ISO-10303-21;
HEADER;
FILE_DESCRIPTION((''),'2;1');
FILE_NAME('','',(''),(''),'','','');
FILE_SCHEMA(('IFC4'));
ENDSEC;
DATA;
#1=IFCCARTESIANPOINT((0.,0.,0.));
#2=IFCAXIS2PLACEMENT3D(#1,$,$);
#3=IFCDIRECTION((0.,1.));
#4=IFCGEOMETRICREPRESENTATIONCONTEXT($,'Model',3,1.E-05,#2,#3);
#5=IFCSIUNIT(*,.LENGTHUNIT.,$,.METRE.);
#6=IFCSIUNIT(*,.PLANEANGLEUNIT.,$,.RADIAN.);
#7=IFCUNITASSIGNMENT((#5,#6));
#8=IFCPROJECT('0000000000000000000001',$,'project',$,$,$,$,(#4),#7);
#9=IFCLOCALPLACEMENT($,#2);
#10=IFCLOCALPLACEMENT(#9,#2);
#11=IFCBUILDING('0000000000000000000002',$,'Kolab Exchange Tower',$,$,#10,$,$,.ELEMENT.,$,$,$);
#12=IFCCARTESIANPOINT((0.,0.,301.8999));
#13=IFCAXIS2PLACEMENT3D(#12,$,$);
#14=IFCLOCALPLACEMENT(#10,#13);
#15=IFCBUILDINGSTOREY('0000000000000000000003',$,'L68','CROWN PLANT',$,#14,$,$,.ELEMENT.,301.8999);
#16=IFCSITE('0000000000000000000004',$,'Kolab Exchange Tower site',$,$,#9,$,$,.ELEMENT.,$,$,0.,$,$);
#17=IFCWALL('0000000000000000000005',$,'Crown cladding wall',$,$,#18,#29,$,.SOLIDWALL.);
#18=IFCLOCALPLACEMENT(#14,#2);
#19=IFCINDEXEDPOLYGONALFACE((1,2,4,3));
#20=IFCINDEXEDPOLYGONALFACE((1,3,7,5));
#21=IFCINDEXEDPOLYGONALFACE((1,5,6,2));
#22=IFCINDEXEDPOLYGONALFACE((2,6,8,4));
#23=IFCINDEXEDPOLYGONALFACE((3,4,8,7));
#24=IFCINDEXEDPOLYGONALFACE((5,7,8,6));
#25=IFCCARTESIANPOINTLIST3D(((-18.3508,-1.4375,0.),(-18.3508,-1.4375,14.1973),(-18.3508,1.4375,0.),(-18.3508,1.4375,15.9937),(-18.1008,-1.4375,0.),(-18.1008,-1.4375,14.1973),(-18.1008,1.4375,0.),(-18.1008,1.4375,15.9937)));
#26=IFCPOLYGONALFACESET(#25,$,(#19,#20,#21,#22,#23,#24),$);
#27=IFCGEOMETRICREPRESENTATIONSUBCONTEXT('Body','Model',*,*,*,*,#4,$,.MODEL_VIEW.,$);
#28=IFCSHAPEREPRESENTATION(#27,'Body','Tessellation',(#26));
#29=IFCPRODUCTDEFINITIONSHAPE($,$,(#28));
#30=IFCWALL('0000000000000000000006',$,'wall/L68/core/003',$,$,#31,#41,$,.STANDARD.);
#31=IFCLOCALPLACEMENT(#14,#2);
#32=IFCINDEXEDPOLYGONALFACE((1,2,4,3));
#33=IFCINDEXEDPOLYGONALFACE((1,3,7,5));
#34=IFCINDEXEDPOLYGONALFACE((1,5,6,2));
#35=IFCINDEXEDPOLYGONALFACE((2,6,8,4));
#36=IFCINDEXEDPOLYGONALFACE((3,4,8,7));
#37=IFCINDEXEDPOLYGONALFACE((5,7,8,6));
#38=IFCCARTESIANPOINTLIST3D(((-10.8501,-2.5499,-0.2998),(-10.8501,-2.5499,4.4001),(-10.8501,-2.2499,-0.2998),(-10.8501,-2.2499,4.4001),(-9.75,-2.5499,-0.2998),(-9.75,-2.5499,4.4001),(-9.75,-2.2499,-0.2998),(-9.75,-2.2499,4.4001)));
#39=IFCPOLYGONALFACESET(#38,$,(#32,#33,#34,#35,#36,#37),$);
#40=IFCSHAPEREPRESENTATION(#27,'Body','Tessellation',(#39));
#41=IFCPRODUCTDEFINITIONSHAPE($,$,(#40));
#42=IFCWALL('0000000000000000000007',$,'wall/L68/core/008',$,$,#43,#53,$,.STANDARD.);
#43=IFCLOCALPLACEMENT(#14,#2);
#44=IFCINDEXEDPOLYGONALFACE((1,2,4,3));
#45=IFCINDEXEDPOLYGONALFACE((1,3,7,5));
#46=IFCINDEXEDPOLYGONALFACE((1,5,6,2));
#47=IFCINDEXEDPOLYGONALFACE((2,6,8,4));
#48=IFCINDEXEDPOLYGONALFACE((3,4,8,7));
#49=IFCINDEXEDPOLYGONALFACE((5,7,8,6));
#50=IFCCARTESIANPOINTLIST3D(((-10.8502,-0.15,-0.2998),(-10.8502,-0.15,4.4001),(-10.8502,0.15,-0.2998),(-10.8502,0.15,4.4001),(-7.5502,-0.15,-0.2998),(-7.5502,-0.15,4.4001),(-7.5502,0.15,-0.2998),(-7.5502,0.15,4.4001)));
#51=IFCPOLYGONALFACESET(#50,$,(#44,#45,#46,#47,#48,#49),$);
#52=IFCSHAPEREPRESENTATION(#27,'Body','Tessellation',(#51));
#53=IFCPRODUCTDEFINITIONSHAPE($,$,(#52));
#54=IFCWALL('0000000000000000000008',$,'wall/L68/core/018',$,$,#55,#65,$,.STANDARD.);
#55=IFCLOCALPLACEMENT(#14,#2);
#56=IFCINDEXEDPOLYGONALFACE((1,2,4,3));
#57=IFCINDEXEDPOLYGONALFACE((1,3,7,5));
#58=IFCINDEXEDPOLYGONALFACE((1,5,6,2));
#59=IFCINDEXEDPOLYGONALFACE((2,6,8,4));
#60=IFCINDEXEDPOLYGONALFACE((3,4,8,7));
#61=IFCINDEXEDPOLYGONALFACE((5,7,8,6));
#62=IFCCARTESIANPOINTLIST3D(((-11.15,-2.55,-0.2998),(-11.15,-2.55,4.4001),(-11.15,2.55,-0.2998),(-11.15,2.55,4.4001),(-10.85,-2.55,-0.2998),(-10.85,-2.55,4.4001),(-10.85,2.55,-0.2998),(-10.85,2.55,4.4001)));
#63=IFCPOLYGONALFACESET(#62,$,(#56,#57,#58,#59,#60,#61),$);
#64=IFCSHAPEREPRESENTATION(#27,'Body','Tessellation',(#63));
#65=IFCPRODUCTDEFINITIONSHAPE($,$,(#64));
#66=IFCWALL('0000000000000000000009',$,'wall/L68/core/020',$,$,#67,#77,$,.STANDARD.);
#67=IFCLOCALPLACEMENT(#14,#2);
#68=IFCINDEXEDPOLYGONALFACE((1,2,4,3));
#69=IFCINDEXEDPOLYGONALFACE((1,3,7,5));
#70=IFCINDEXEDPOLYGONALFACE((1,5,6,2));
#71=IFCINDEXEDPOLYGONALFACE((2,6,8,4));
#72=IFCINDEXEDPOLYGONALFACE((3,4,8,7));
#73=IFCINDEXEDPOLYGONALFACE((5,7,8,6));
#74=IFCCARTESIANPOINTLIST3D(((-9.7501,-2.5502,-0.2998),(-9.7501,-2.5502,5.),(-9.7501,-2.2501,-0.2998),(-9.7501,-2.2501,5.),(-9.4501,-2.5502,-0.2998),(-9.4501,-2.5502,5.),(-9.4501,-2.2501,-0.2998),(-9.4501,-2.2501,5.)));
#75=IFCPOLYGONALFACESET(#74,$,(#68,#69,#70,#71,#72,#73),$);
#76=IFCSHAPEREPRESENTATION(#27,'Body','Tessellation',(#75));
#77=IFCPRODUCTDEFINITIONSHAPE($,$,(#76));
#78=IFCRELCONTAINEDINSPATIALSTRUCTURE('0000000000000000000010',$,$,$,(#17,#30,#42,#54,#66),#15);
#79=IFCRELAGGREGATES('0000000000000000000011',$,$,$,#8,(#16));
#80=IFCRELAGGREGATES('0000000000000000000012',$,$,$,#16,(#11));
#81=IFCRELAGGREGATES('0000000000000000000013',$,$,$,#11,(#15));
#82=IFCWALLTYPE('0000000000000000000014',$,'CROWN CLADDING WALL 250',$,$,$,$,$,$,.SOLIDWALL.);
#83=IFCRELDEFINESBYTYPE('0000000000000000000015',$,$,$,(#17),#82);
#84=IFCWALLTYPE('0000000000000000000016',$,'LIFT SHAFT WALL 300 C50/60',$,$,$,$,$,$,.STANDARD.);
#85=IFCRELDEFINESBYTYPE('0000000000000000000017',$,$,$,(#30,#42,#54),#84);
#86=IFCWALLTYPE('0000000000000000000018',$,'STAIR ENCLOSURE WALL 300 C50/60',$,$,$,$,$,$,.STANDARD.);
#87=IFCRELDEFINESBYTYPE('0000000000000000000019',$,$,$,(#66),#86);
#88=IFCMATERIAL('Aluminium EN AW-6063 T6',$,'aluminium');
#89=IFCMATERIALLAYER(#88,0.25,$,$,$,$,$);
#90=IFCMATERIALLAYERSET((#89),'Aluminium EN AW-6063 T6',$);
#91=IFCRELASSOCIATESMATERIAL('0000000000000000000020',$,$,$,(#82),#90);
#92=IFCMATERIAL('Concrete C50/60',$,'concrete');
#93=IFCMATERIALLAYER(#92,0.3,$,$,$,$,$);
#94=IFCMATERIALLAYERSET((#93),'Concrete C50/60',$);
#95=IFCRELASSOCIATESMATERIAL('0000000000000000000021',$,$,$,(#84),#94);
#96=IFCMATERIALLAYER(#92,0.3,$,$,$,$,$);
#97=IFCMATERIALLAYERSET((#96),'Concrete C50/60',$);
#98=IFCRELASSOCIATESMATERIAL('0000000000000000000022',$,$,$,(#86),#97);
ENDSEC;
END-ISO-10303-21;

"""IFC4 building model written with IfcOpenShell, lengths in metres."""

from ifc_helpers import new_model, si_unit, direction, frame, frame_2d, origin, place, context, subcontext, project, spatial, polyline, rectangle, outline, extrude, material, layer, layer_set, type_object, element, save


model = new_model("IFC4")

# Units and contexts
model_context = context("Model", 3, precision=1e-05, world=origin(), true_north=direction((0.0, 1.0)))
body_context = subcontext(model_context, "Body", "Model", "MODEL_VIEW")
ifc_project = project(units=[si_unit("LENGTHUNIT", "METRE"), si_unit("PLANEANGLEUNIT", "RADIAN")], contexts=[model_context])

# Site, building, storey
site_placement = place(None, origin())
site = spatial("IfcSite", under=ifc_project, at=site_placement, Name="Kolab Exchange Tower site", CompositionType="ELEMENT", RefElevation=0.0)
building_placement = place(site_placement, origin())
building = spatial("IfcBuilding", under=site, at=building_placement, Name="Kolab Exchange Tower", CompositionType="ELEMENT")
storey_placement = place(building_placement, frame((0.0, 0.0, 301.8999)))
storey = spatial("IfcBuildingStorey", under=building, at=storey_placement, Name="L68", Description="CROWN PLANT", CompositionType="ELEMENT", Elevation=301.8999)

# Shared definitions
ifc_material_1 = material(Name="Concrete C50/60", Category="concrete")

# Walls
ifc_material_2 = material(Name="Aluminium EN AW-6063 T6", Category="aluminium")
ifc_layer_1 = layer(ifc_material_2, 0.25)
ifc_layer_set_1 = layer_set([ifc_layer_1], Name="Aluminium EN AW-6063 T6")
wall_type_1 = type_object("IfcWallType", Name="CROWN CLADDING WALL 250", PredefinedType="SOLIDWALL", material=ifc_layer_set_1)
wall_1_placement = place(storey_placement, frame((-18.2258, -1.4375, 0.0), z_axis=(0.0, 0.0, 1.0), x_axis=(0.0, 1.0, 0.0)))
element("IfcWall", 1, at=wall_1_placement, inside=storey, type_object=wall_type_1, Name="Crown cladding wall", PredefinedType="SOLIDWALL", context=body_context, shape_type="SweptSolid", body=[
    extrude(outline(polyline([(0.0, 0.0), (2.875, 0.0), (2.875, 15.9937), (0.0, 14.1973), (0.0, 0.0)])), frame((0.0, 0.125, 0.0), z_axis=(0.0, -1.0, 0.0), x_axis=(1.0, 0.0, 0.0)), (0.0, 0.0, 1.0), 0.25),
])
ifc_layer_2 = layer(ifc_material_1, 0.3)
ifc_layer_set_2 = layer_set([ifc_layer_2], Name="Concrete C50/60")
wall_type_2 = type_object("IfcWallType", Name="LIFT SHAFT WALL 300 C50/60", PredefinedType="STANDARD", material=ifc_layer_set_2)
wall_2_placement = place(storey_placement, frame((-10.8501, -2.3999, -0.2998), z_axis=(0.0, 0.0, 1.0), x_axis=(1.0, 0.0, 0.0)))
element("IfcWall", 2, at=wall_2_placement, inside=storey, type_object=wall_type_2, Name="wall/L68/core/003", PredefinedType="STANDARD", context=body_context, shape_type="SweptSolid", body=[
    extrude(rectangle(XDim=1.1001, YDim=0.3, at=frame_2d((0.55, 0.0))), origin(), (0.0, 0.0, 1.0), 4.7),
])
wall_3_placement = place(storey_placement, frame((-10.8501, 0.0, -0.2998), z_axis=(0.0, 0.0, 1.0), x_axis=(1.0, 0.0, 0.0)))
element("IfcWall", 3, at=wall_3_placement, inside=storey, type_object=wall_type_2, Name="wall/L68/core/008", PredefinedType="STANDARD", context=body_context, shape_type="SweptSolid", body=[
    extrude(rectangle(XDim=3.3, YDim=0.3, at=frame_2d((1.6499, 0.0))), origin(), (0.0, 0.0, 1.0), 4.7),
])
wall_4_placement = place(storey_placement, frame((-11.0, -2.55, -0.2998), z_axis=(0.0, 0.0, 1.0), x_axis=(0.0, 1.0, 0.0)))
element("IfcWall", 4, at=wall_4_placement, inside=storey, type_object=wall_type_2, Name="wall/L68/core/018", PredefinedType="STANDARD", context=body_context, shape_type="SweptSolid", body=[
    extrude(rectangle(XDim=5.1001, YDim=0.3, at=frame_2d((2.55, 0.0))), origin(), (0.0, 0.0, 1.0), 4.7),
])
ifc_layer_3 = layer(ifc_material_1, 0.3)
ifc_layer_set_3 = layer_set([ifc_layer_3], Name="Concrete C50/60")
wall_type_3 = type_object("IfcWallType", Name="STAIR ENCLOSURE WALL 300 C50/60", PredefinedType="STANDARD", material=ifc_layer_set_3)
wall_5_placement = place(storey_placement, frame((-9.6001, -2.55, -0.2998), z_axis=(0.0, 0.0, 1.0), x_axis=(0.0, 1.0, 0.0)))
element("IfcWall", 5, at=wall_5_placement, inside=storey, type_object=wall_type_3, Name="wall/L68/core/020", PredefinedType="STANDARD", context=body_context, shape_type="SweptSolid", body=[
    extrude(rectangle(XDim=0.3, YDim=0.3, at=frame_2d((0.1499, 0.0))), origin(), (0.0, 0.0, 1.0), 5.2998),
])

save(model, "model.ifc")
